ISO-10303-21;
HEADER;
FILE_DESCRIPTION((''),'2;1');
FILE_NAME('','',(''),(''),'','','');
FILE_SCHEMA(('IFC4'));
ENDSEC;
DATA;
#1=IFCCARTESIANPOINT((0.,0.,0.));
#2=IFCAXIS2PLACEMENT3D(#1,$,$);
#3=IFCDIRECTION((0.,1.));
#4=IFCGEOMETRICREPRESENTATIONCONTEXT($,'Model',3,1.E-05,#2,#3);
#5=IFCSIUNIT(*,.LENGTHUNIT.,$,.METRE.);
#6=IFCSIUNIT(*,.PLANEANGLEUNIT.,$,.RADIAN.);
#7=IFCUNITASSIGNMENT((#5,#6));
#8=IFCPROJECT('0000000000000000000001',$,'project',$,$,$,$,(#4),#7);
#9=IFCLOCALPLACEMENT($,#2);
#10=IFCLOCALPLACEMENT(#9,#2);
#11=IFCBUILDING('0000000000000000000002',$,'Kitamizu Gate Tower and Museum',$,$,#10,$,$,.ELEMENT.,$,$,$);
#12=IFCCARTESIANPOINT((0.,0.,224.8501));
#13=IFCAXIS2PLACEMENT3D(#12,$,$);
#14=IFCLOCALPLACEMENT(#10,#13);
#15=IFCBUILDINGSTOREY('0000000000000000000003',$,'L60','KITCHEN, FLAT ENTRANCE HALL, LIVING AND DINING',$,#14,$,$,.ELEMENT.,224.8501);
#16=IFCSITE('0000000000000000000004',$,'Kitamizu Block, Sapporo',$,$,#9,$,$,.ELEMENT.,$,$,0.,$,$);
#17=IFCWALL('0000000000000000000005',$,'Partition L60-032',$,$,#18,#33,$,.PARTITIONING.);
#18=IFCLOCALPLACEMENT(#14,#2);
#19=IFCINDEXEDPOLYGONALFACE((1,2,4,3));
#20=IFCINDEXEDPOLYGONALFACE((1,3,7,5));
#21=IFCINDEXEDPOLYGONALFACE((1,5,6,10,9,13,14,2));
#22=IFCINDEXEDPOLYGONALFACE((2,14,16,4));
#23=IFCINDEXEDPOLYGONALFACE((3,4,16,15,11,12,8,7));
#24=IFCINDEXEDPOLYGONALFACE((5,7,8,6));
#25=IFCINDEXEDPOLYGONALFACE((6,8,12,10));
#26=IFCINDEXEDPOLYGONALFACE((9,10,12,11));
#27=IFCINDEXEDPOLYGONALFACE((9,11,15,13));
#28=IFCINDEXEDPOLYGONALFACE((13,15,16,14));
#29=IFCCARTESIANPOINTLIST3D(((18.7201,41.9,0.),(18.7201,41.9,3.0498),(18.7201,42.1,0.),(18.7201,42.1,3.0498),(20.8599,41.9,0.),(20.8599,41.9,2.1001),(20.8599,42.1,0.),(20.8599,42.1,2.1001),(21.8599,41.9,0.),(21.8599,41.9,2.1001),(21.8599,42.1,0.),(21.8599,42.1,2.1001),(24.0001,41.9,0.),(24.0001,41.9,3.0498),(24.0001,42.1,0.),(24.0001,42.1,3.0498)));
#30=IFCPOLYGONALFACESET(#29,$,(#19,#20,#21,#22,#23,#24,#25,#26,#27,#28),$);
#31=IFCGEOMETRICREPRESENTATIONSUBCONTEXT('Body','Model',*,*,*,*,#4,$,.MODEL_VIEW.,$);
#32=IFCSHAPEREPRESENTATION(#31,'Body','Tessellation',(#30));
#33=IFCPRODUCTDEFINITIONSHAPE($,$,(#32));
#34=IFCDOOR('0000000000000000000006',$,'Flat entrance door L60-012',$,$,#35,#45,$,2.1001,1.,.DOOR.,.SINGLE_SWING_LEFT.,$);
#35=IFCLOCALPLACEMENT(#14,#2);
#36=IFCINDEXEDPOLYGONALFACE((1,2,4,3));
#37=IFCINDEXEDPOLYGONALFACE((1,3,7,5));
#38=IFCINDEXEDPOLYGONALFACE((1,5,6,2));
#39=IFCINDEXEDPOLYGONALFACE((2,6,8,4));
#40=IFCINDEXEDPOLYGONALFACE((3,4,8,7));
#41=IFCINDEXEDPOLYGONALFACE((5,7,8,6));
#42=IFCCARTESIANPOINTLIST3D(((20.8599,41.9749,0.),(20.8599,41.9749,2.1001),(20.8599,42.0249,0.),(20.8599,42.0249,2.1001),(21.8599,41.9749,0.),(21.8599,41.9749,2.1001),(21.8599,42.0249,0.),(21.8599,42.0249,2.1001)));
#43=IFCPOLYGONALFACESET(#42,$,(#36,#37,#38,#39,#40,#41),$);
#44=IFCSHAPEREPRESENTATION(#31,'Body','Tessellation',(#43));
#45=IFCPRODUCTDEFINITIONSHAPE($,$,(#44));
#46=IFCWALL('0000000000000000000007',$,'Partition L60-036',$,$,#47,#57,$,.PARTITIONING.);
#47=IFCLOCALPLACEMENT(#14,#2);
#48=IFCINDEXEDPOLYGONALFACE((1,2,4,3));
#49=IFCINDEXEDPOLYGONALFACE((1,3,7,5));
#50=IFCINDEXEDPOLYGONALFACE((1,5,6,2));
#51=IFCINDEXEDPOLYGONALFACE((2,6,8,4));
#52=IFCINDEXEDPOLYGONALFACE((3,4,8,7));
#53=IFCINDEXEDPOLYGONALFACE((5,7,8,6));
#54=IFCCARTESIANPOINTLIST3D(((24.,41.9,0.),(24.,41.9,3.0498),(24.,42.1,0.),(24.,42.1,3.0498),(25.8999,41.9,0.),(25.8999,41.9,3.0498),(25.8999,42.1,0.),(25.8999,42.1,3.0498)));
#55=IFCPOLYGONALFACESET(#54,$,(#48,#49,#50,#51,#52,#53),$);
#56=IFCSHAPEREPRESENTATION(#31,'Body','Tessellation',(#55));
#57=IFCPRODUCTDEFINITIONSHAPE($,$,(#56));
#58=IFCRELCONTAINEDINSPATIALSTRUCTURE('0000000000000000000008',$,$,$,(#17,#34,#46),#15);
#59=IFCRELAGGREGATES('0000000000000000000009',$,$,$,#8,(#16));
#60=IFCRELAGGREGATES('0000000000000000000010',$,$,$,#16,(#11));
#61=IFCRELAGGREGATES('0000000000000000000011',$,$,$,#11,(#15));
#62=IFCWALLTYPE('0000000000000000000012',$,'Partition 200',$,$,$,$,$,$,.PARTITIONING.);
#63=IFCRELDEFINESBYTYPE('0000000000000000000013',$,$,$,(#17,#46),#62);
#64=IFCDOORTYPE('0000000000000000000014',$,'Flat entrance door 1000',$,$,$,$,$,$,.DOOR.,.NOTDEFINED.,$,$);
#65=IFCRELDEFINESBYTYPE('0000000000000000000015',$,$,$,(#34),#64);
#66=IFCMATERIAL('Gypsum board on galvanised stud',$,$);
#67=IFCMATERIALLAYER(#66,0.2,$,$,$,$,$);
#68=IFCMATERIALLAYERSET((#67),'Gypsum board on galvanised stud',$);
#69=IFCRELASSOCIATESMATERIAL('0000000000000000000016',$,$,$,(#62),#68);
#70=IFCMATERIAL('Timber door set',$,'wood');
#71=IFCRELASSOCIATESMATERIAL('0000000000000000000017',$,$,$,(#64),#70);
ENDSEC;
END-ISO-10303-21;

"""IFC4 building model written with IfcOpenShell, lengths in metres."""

from ifc_helpers import new_model, si_unit, direction, frame, frame_2d, origin, place, context, subcontext, project, spatial, rectangle, extrude, material, layer, layer_set, type_object, element, fill, save


model = new_model("IFC4")

# Units and contexts
model_context = context("Model", 3, precision=1e-05, world=origin(), true_north=direction((0.0, 1.0)))
body_context = subcontext(model_context, "Body", "Model", "MODEL_VIEW")
ifc_project = project(units=[si_unit("LENGTHUNIT", "METRE"), si_unit("PLANEANGLEUNIT", "RADIAN")], contexts=[model_context])

# Site, building, storey
site_placement = place(None, origin())
site = spatial("IfcSite", under=ifc_project, at=site_placement, Name="Kitamizu Block, Sapporo", CompositionType="ELEMENT", RefElevation=0.0)
building_placement = place(site_placement, origin())
building = spatial("IfcBuilding", under=site, at=building_placement, Name="Kitamizu Gate Tower and Museum", CompositionType="ELEMENT")
storey_placement = place(building_placement, frame((0.0, 0.0, 224.8501)))
storey = spatial("IfcBuildingStorey", under=building, at=storey_placement, Name="L60", Description="KITCHEN, FLAT ENTRANCE HALL, LIVING AND DINING", CompositionType="ELEMENT", Elevation=224.8501)

# Wall, opening, door
ifc_material_1 = material(Name="Gypsum board on galvanised stud")
ifc_layer_1 = layer(ifc_material_1, 0.2)
ifc_layer_set_1 = layer_set([ifc_layer_1], Name="Gypsum board on galvanised stud")
wall_type_1 = type_object("IfcWallType", Name="Partition 200", PredefinedType="PARTITIONING", material=ifc_layer_set_1)
wall_1_placement = place(storey_placement, frame((18.72, 42.0, 0.0), z_axis=(0.0, 0.0, 1.0), x_axis=(1.0, 0.0, 0.0)))
wall_1 = element("IfcWall", 1, at=wall_1_placement, inside=storey, type_object=wall_type_1, Name="Partition L60-032", PredefinedType="PARTITIONING", context=body_context, shape_type="SweptSolid", body=[
    extrude(rectangle(XDim=5.28, YDim=0.2, at=frame_2d((2.6401, 0.0))), origin(), (0.0, 0.0, 1.0), 3.0498),
])
opening_1_placement = place(wall_1_placement, frame((2.1399, 0.0, 0.0)))
opening_1 = element("IfcOpeningElement", 2, at=opening_1_placement, cuts=wall_1, PredefinedType="OPENING", context=body_context, shape_type="SweptSolid", body=[
    extrude(rectangle(XDim=1.0, YDim=2.1001, at=frame_2d((0.5, 1.05))), frame((0.0, 0.1099, 0.0), z_axis=(0.0, -1.0, 0.0), x_axis=(1.0, 0.0, 0.0)), (0.0, 0.0, 1.0), 0.22),
])
ifc_material_2 = material(Name="Timber door set", Category="wood")
door_type_1 = type_object("IfcDoorType", Name="Flat entrance door 1000", OperationType="NOTDEFINED", PredefinedType="DOOR", material=ifc_material_2)
door_1_placement = place(opening_1_placement, origin())
door_1 = element("IfcDoor", 3, at=door_1_placement, inside=storey, type_object=door_type_1, Name="Flat entrance door L60-012", OperationType="SINGLE_SWING_LEFT", OverallHeight=2.1001, OverallWidth=1.0, PredefinedType="DOOR", context=body_context, shape_type="SweptSolid", body=[
    extrude(rectangle(XDim=1.0, YDim=2.1001, at=frame_2d((0.5, 1.05))), frame((0.0, 0.0249, 0.0), z_axis=(0.0, -1.0, 0.0), x_axis=(1.0, 0.0, 0.0)), (0.0, 0.0, 1.0), 0.05),
])
fill(opening_1, door_1)

# Wall
wall_2_placement = place(storey_placement, frame((24.0, 42.0, 0.0), z_axis=(0.0, 0.0, 1.0), x_axis=(1.0, 0.0, 0.0)))
element("IfcWall", 4, at=wall_2_placement, inside=storey, type_object=wall_type_1, Name="Partition L60-036", PredefinedType="PARTITIONING", context=body_context, shape_type="SweptSolid", body=[
    extrude(rectangle(XDim=1.8999, YDim=0.2, at=frame_2d((0.95, 0.0))), origin(), (0.0, 0.0, 1.0), 3.0498),
])

save(model, "model.ifc")
